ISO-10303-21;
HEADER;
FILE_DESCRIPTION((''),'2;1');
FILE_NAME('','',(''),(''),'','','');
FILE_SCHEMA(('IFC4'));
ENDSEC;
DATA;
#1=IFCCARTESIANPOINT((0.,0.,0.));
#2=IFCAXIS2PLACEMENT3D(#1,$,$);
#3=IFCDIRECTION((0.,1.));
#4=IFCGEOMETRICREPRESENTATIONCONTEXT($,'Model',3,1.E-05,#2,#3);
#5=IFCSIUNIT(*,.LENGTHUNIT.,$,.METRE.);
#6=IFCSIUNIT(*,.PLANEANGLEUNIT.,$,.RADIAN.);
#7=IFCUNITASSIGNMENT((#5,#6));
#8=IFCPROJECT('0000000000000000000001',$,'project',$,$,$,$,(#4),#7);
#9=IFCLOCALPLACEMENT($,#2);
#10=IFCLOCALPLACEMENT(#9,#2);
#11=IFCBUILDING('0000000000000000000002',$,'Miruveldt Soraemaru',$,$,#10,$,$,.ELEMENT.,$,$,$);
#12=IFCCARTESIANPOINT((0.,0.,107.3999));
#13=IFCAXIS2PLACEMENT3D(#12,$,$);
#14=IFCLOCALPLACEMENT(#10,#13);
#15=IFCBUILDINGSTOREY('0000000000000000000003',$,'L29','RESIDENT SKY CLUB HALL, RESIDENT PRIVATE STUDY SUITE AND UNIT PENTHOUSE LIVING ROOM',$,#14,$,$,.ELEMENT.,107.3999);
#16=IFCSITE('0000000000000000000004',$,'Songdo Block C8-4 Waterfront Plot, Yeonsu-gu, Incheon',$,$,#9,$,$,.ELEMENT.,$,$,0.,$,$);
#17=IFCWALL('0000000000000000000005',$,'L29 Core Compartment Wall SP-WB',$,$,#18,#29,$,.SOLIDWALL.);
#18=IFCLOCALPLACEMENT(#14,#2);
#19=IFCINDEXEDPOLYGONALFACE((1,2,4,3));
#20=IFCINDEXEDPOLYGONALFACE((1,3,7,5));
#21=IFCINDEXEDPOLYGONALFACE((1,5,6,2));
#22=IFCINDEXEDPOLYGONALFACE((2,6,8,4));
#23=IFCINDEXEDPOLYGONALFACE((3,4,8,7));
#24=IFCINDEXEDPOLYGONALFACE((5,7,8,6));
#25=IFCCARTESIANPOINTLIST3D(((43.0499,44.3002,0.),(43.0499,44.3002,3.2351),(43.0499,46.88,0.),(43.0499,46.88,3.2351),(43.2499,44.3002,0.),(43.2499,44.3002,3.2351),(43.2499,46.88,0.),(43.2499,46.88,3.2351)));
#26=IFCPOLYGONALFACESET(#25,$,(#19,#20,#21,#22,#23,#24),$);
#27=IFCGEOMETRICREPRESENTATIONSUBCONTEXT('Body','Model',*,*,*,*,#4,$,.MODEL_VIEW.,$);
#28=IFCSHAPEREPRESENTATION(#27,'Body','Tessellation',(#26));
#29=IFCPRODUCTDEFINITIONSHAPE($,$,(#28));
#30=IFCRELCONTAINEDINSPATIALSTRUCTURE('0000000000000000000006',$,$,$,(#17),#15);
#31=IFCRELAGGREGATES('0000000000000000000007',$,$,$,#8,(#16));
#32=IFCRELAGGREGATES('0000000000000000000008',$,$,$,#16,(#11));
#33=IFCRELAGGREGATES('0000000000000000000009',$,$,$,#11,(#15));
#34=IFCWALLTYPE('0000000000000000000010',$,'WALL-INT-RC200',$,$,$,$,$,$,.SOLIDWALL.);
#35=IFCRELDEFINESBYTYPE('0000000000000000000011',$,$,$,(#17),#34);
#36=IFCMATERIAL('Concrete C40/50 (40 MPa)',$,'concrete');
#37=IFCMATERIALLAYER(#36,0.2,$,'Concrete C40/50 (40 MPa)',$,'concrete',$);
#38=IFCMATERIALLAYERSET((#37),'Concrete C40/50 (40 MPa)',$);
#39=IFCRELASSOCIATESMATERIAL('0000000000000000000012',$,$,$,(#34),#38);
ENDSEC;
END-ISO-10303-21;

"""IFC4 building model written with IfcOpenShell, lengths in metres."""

from ifc_helpers import new_model, si_unit, direction, frame, frame_2d, origin, place, context, subcontext, project, spatial, rectangle, extrude, material, layer, layer_set, type_object, element, save


model = new_model("IFC4")

# Units and contexts
model_context = context("Model", 3, precision=1e-05, world=origin(), true_north=direction((0.0, 1.0)))
body_context = subcontext(model_context, "Body", "Model", "MODEL_VIEW")
ifc_project = project(units=[si_unit("LENGTHUNIT", "METRE"), si_unit("PLANEANGLEUNIT", "RADIAN")], contexts=[model_context])

# Site, building, storey
site_placement = place(None, origin())
site = spatial("IfcSite", under=ifc_project, at=site_placement, Name="Songdo Block C8-4 Waterfront Plot, Yeonsu-gu, Incheon", CompositionType="ELEMENT", RefElevation=0.0)
building_placement = place(site_placement, origin())
building = spatial("IfcBuilding", under=site, at=building_placement, Name="Miruveldt Soraemaru", CompositionType="ELEMENT")
storey_placement = place(building_placement, frame((0.0, 0.0, 107.3999)))
storey = spatial("IfcBuildingStorey", under=building, at=storey_placement, Name="L29", Description="RESIDENT SKY CLUB HALL, RESIDENT PRIVATE STUDY SUITE AND UNIT PENTHOUSE LIVING ROOM", CompositionType="ELEMENT", Elevation=107.3999)

# Shared definitions
ifc_material_1 = material(Name="Concrete C40/50 (40 MPa)", Category="concrete")

# Shared definitions
ifc_layer_1 = layer(ifc_material_1, 0.2, Name="Concrete C40/50 (40 MPa)", Category="concrete")
ifc_layer_set_1 = layer_set([ifc_layer_1], Name="Concrete C40/50 (40 MPa)")
wall_type_1 = type_object("IfcWallType", Name="WALL-INT-RC200", PredefinedType="SOLIDWALL", material=ifc_layer_set_1)

# Wall
wall_1_placement = place(storey_placement, frame((43.1499, 44.3, 0.0), z_axis=(0.0, 0.0, 1.0), x_axis=(0.0, 1.0, 0.0)))
element("IfcWall", 1, at=wall_1_placement, inside=storey, type_object=wall_type_1, Name="L29 Core Compartment Wall SP-WB", PredefinedType="SOLIDWALL", context=body_context, shape_type="SweptSolid", body=[
    extrude(rectangle(XDim=2.5798, YDim=0.2, at=frame_2d((1.29, 0.0))), origin(), (0.0, 0.0, 1.0), 3.2351),
])

save(model, "model.ifc")
